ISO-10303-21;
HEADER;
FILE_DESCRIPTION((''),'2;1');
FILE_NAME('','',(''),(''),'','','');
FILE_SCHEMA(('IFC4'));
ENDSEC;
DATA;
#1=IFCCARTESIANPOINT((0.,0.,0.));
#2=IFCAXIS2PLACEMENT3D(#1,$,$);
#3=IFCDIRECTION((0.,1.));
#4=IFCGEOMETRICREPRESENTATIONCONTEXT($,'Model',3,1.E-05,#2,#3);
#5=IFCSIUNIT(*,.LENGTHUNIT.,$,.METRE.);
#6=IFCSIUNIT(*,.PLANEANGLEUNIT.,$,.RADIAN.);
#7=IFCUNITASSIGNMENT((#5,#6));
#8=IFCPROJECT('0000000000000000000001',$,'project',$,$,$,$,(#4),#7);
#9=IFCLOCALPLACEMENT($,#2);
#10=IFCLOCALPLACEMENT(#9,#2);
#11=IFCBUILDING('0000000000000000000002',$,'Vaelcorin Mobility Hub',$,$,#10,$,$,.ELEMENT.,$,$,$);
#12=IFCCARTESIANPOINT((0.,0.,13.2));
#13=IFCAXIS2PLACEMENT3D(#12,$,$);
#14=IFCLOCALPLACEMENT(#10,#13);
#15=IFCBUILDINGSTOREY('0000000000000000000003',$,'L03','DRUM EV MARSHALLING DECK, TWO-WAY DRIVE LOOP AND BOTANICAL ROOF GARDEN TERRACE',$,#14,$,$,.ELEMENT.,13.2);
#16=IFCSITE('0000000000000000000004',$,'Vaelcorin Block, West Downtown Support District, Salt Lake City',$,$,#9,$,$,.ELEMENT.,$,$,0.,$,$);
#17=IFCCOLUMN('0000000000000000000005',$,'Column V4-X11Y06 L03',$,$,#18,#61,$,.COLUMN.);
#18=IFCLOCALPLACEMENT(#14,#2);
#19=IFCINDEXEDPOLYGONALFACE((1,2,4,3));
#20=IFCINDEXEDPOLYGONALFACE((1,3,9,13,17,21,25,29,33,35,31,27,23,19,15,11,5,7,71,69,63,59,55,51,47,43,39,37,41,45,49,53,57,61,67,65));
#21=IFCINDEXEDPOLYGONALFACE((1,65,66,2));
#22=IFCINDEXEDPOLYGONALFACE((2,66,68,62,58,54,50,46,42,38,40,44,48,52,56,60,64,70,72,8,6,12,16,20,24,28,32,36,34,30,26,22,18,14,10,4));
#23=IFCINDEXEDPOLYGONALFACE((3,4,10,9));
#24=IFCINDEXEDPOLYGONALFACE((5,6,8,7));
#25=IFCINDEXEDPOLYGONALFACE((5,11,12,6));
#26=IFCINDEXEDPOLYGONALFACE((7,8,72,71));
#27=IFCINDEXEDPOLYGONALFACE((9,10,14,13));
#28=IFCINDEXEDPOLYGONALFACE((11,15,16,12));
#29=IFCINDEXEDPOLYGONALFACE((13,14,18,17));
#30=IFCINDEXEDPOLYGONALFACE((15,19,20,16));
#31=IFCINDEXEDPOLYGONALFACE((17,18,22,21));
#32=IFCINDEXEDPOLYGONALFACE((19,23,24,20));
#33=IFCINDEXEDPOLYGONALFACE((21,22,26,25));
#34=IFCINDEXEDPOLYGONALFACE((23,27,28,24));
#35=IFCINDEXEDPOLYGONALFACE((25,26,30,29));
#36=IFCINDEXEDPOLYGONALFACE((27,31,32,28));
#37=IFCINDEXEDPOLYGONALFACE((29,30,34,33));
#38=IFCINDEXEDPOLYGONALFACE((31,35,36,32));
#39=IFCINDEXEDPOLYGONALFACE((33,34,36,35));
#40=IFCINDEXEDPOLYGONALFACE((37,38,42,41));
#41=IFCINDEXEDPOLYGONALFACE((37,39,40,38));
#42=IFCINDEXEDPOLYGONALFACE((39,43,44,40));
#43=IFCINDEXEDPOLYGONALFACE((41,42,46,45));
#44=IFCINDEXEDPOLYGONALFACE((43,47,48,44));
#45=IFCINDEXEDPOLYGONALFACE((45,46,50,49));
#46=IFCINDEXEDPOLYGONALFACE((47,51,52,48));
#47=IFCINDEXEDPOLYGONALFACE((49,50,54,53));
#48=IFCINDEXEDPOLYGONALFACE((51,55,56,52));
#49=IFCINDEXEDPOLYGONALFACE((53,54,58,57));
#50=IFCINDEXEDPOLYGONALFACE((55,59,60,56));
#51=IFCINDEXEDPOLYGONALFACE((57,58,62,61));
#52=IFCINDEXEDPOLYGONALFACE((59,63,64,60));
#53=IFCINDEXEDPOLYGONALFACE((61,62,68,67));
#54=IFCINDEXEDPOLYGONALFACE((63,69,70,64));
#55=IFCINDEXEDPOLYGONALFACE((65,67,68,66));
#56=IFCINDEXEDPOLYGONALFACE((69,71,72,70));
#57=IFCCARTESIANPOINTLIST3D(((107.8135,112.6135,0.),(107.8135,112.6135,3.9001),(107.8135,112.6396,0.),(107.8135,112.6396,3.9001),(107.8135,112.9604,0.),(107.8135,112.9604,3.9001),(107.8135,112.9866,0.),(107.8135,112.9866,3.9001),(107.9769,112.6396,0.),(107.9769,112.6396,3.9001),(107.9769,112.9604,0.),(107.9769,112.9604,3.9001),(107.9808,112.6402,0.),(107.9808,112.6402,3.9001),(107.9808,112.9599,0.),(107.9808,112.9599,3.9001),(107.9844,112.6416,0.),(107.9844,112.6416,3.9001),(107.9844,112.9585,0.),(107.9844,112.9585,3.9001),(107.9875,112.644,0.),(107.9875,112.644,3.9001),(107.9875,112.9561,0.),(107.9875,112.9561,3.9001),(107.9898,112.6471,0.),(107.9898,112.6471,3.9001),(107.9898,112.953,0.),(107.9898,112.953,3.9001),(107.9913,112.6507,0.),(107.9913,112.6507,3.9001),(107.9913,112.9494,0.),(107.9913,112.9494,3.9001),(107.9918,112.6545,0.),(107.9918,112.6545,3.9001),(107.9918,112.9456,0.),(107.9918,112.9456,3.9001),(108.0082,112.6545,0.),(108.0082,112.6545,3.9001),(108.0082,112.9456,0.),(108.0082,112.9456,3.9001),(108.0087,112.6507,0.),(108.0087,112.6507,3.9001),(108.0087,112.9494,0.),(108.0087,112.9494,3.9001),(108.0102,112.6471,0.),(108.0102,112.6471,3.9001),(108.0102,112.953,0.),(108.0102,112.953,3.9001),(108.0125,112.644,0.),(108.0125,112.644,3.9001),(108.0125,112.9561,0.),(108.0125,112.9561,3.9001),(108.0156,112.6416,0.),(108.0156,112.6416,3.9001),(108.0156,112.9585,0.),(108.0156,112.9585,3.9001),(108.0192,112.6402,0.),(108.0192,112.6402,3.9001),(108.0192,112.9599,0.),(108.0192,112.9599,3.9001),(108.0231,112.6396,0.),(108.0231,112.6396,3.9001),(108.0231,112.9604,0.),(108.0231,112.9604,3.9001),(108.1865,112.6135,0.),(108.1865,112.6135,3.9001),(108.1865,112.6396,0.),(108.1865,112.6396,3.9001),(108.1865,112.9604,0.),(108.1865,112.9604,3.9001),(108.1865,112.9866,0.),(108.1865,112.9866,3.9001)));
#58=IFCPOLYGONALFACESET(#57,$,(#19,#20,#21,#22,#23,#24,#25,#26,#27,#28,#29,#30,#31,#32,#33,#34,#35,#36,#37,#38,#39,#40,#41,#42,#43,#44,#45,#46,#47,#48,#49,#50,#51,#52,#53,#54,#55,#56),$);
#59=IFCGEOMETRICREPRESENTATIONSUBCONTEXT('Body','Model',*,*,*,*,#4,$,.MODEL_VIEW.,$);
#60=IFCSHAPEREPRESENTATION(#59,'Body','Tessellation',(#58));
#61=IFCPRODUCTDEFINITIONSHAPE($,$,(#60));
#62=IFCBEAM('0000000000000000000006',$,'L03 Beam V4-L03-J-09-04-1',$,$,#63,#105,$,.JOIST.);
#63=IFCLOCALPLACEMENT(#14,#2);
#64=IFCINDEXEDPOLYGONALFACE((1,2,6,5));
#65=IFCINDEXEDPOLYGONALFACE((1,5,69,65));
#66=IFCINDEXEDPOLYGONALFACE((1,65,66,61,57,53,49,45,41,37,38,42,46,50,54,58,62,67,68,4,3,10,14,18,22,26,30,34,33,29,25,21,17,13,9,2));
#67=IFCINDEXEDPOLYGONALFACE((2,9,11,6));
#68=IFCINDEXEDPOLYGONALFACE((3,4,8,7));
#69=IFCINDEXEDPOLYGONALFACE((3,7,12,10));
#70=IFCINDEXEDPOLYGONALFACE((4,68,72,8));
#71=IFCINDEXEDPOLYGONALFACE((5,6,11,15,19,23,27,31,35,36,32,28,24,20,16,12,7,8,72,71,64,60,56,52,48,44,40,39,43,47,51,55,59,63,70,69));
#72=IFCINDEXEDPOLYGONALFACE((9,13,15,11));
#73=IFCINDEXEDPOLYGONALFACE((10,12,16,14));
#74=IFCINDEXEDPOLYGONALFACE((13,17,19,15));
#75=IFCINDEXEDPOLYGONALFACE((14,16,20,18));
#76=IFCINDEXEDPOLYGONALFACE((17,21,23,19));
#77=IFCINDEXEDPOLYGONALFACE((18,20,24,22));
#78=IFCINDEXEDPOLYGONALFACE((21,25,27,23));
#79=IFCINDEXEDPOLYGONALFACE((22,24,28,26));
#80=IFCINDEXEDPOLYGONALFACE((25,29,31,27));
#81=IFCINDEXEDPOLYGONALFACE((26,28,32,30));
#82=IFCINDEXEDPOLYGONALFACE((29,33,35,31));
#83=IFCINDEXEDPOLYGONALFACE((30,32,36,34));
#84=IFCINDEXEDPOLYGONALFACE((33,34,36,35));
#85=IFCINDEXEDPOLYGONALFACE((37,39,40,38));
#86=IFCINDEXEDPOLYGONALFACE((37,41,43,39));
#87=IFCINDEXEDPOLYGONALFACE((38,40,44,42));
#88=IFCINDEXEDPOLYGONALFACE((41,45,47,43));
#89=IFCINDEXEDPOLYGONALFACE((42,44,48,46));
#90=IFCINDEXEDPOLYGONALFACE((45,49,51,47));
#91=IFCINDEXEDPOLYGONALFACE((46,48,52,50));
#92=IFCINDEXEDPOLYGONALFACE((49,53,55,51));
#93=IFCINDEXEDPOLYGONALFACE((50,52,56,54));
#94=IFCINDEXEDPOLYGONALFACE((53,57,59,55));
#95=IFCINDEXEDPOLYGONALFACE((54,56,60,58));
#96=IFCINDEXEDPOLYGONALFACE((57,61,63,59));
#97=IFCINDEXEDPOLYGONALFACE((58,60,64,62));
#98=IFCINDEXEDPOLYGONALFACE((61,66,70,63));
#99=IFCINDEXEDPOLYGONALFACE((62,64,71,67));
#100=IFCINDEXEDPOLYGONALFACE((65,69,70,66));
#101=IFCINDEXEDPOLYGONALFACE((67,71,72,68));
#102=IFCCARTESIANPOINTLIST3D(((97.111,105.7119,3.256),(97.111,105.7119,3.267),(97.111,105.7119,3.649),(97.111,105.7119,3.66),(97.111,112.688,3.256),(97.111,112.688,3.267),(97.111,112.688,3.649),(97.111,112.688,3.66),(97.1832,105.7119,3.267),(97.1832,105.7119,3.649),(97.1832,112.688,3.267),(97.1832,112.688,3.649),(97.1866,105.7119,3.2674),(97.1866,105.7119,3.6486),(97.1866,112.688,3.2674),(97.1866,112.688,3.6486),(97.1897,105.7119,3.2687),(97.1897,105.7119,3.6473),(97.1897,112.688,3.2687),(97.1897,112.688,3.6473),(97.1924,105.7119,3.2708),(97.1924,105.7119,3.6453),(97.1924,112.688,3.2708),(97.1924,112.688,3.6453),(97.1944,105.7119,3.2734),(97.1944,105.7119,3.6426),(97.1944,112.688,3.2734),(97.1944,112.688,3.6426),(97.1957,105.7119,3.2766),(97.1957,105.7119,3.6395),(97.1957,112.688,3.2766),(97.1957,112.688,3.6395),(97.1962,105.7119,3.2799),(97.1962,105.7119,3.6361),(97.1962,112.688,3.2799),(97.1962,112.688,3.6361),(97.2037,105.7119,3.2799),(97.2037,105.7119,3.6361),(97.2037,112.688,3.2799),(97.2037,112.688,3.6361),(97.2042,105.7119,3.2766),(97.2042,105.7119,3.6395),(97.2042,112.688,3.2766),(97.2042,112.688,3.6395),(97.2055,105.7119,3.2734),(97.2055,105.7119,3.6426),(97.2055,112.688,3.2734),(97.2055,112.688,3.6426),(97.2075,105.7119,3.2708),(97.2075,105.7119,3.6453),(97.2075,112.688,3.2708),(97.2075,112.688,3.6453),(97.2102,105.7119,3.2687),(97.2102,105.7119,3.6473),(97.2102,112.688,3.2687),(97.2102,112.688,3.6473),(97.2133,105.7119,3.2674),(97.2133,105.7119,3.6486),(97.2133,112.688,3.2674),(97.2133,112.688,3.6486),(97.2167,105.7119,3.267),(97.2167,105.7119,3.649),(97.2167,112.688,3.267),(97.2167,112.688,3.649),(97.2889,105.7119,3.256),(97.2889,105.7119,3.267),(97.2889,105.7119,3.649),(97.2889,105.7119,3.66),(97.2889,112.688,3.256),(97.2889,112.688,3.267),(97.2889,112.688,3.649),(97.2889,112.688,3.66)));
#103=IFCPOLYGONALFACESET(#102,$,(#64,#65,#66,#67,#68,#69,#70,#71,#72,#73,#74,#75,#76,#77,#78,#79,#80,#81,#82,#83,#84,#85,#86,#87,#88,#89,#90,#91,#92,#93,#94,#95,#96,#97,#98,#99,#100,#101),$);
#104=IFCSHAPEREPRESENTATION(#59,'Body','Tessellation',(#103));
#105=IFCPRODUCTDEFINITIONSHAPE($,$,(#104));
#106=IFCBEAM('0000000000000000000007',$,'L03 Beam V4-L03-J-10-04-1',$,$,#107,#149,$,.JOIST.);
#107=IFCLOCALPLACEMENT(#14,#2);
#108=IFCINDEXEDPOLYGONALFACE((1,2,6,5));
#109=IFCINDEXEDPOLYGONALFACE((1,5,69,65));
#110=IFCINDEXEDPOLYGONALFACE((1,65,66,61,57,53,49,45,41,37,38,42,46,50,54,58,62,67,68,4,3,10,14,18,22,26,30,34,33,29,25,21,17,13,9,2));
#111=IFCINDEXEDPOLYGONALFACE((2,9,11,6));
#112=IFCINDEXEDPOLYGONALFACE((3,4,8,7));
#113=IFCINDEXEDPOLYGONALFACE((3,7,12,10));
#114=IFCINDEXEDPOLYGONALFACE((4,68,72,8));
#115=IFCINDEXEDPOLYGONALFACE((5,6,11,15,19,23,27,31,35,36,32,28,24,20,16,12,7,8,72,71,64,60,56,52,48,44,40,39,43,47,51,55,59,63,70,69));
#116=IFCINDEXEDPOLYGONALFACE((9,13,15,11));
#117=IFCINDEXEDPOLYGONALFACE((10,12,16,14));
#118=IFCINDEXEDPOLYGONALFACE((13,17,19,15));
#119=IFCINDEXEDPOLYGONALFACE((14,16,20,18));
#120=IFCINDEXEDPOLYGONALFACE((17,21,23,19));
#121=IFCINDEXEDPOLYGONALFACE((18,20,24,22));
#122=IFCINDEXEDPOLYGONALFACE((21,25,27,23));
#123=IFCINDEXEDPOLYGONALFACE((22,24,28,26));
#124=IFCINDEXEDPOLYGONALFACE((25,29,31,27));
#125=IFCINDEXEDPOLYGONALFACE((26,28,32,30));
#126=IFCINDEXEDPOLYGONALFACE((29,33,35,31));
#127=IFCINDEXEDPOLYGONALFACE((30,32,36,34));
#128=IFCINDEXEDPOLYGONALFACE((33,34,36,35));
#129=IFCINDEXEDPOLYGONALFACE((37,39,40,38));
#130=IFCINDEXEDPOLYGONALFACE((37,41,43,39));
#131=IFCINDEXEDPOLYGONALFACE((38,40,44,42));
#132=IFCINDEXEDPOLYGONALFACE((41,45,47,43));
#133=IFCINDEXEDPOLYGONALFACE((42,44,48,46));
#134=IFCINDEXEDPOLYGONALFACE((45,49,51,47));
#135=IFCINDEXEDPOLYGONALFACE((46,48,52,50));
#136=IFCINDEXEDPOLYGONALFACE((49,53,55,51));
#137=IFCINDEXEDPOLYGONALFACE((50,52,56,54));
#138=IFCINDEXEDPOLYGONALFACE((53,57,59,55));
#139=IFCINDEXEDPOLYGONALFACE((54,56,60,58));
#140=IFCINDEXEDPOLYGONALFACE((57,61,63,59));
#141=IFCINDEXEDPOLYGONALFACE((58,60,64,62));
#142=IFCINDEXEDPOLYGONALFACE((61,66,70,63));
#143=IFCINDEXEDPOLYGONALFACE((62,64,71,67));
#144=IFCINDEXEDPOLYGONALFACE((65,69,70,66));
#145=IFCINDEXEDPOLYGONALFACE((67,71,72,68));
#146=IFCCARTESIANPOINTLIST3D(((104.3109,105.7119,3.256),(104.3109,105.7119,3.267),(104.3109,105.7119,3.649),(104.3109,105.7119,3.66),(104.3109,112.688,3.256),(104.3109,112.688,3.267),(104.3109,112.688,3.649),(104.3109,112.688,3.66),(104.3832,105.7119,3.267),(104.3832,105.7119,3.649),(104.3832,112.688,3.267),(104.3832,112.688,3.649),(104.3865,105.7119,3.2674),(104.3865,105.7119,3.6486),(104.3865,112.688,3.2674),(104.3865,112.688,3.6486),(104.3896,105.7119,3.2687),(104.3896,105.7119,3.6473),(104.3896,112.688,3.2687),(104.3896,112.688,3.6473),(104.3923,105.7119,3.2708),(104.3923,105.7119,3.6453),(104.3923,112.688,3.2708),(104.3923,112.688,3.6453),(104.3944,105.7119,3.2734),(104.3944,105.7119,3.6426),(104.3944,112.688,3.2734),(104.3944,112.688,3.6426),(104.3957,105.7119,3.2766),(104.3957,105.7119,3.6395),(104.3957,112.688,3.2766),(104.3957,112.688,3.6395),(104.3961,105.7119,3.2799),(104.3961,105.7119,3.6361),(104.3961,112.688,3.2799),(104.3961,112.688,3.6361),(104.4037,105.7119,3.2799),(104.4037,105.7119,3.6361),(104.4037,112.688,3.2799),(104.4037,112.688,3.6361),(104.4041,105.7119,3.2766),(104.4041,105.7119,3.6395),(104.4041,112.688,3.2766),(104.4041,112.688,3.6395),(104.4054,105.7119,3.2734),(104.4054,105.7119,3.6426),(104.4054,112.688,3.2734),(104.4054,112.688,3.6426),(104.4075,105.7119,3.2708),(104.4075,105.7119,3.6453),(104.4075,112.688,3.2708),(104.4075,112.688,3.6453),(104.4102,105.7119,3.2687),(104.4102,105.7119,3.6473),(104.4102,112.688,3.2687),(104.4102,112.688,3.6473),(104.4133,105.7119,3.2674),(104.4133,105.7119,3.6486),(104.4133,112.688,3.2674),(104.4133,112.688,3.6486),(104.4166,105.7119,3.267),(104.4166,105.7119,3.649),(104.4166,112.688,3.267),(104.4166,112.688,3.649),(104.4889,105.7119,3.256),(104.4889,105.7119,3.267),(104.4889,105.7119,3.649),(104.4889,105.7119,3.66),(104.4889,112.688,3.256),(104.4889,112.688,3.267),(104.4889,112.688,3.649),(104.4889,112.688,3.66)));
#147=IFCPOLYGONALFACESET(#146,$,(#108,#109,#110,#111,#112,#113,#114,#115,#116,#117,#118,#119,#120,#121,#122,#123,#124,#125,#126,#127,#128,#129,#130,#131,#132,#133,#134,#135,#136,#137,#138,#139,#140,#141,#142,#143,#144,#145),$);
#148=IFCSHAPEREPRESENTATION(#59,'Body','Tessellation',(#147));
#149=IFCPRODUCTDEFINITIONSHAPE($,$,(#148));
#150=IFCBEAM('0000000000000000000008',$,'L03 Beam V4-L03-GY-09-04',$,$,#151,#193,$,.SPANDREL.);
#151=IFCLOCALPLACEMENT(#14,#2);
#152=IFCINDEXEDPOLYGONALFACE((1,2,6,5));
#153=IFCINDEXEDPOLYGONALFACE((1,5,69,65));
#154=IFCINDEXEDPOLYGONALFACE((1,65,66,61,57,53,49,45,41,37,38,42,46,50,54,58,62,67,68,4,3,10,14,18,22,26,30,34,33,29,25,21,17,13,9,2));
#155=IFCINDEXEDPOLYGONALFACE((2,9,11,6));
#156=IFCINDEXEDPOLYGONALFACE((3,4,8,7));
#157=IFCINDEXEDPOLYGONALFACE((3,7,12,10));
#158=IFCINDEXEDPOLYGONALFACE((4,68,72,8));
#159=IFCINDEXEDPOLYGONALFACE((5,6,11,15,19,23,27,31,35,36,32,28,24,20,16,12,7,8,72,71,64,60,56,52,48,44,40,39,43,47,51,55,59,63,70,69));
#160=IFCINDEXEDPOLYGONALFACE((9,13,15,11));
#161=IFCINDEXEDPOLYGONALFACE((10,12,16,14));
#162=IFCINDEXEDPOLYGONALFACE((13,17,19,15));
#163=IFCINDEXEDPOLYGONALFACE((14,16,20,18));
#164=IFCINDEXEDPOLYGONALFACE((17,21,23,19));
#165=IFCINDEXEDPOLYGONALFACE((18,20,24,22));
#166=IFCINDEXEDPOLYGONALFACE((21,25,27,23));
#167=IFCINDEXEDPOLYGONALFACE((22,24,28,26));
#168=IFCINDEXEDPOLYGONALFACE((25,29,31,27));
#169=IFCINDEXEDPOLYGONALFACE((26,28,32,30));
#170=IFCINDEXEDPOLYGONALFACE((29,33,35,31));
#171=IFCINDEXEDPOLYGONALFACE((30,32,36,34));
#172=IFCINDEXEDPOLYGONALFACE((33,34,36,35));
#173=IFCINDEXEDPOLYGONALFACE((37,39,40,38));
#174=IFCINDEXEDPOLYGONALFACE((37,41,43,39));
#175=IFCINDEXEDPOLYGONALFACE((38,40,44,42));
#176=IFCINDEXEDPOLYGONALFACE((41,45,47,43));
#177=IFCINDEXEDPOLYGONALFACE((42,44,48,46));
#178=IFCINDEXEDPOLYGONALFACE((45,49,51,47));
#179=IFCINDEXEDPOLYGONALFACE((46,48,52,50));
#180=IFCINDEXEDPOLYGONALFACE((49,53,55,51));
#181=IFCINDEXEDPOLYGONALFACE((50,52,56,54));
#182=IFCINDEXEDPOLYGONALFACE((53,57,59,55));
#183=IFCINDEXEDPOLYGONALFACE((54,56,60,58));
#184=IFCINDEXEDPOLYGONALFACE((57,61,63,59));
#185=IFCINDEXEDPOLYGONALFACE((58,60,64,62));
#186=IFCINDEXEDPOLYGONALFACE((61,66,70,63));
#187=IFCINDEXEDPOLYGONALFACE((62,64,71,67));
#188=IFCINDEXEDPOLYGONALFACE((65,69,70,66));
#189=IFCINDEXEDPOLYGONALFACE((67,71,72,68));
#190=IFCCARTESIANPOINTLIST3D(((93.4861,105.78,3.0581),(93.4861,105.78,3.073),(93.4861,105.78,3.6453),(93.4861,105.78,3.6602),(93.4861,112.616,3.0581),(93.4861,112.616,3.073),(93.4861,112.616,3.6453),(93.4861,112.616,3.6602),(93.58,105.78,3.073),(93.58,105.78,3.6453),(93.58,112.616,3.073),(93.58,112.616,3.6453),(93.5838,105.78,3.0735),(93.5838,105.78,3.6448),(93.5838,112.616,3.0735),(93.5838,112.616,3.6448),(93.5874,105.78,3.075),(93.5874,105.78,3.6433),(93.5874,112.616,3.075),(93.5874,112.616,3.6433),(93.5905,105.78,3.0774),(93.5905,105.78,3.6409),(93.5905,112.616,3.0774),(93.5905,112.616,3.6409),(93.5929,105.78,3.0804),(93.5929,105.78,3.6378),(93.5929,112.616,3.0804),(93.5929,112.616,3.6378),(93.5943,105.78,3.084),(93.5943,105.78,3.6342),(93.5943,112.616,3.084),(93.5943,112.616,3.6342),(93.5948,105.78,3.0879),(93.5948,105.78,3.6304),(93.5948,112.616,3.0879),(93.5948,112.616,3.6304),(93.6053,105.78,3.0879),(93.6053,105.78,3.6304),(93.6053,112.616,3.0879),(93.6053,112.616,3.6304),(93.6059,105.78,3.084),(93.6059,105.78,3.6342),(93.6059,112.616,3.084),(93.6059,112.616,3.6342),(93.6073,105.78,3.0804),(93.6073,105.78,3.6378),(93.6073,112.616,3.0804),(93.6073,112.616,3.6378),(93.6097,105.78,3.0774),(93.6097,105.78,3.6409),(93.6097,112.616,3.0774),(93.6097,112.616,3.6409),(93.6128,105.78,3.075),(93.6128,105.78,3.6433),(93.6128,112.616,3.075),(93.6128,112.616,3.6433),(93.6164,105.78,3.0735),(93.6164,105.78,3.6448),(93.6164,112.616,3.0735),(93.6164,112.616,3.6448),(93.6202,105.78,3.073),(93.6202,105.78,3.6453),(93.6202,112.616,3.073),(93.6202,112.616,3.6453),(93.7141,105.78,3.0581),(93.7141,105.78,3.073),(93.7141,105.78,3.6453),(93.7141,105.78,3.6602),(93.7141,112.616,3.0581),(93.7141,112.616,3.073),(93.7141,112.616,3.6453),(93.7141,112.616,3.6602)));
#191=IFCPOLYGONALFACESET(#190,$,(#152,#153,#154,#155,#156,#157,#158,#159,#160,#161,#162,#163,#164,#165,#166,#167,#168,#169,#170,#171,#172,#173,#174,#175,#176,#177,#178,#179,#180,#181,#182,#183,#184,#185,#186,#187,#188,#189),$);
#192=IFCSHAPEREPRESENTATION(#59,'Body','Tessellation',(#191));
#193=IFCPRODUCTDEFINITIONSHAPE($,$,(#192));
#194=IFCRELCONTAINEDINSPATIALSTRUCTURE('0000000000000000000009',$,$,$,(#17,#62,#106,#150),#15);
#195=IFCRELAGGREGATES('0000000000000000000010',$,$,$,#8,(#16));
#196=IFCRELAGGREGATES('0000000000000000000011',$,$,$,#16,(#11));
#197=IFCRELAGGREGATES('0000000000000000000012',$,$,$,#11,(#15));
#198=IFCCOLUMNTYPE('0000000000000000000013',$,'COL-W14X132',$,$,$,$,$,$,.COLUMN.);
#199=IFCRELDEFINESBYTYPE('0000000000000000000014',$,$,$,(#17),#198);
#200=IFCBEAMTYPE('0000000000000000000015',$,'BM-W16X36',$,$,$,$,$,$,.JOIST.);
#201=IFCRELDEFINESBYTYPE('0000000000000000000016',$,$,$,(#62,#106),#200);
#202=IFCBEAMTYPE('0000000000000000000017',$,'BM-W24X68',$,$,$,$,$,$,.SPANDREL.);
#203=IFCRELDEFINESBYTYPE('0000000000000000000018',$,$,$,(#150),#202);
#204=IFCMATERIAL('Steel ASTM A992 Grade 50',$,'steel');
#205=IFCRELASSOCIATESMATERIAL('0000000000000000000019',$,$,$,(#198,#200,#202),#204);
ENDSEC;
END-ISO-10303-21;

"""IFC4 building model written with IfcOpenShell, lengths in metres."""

from ifc_helpers import new_model, si_unit, direction, frame, origin, origin_2d, place, context, subcontext, project, spatial, i_section, extrude, material, material_profile, profile_set, type_object, element, save


model = new_model("IFC4")

# Units and contexts
model_context = context("Model", 3, precision=1e-05, world=origin(), true_north=direction((0.0, 1.0)))
body_context = subcontext(model_context, "Body", "Model", "MODEL_VIEW")
ifc_project = project(units=[si_unit("LENGTHUNIT", "METRE"), si_unit("PLANEANGLEUNIT", "RADIAN")], contexts=[model_context])

# Site, building, storey
site_placement = place(None, origin())
site = spatial("IfcSite", under=ifc_project, at=site_placement, Name="Vaelcorin Block, West Downtown Support District, Salt Lake City", CompositionType="ELEMENT", RefElevation=0.0)
building_placement = place(site_placement, origin())
building = spatial("IfcBuilding", under=site, at=building_placement, Name="Vaelcorin Mobility Hub", CompositionType="ELEMENT")
storey_placement = place(building_placement, frame((0.0, 0.0, 13.2)))
storey = spatial("IfcBuildingStorey", under=building, at=storey_placement, Name="L03", Description="DRUM EV MARSHALLING DECK, TWO-WAY DRIVE LOOP AND BOTANICAL ROOF GARDEN TERRACE", CompositionType="ELEMENT", Elevation=13.2)

# Column
ifc_material_1 = material(Name="Steel ASTM A992 Grade 50", Category="steel")
ifc_material_profile_1 = material_profile(ifc_material_1, i_section(OverallWidth=0.373, OverallDepth=0.373, WebThickness=0.0164, FlangeThickness=0.0261, FilletRadius=0.0149, at=origin_2d()), Name="W14X132")
ifc_profile_set_1 = profile_set([ifc_material_profile_1], Name="Steel ASTM A992 Grade 50")
column_type_1 = type_object("IfcColumnType", Name="COL-W14X132", PredefinedType="COLUMN", material=ifc_profile_set_1)
for number, where, z_axis, x_axis, name in (
    (1, (108.0, 112.8, 0.0), (0.0, 0.0, 1.0), (1.0, 0.0, 0.0), "Column V4-X11Y06 L03"),
):
    element("IfcColumn", number, at=place(storey_placement, frame(where, z_axis=z_axis, x_axis=x_axis)), inside=storey, type_object=column_type_1, Name=name, PredefinedType="COLUMN", context=body_context, shape_type="SweptSolid", body=[
        extrude(i_section(OverallWidth=0.373, OverallDepth=0.373, WebThickness=0.0164, FlangeThickness=0.0261, FilletRadius=0.0149, at=origin_2d()), origin(), (0.0, 0.0, 1.0), 3.9001),
    ])

# Beams
ifc_material_profile_2 = material_profile(ifc_material_1, i_section(OverallWidth=0.178, OverallDepth=0.4041, WebThickness=0.0076, FlangeThickness=0.011, FilletRadius=0.0129, at=origin_2d()), Name="W16X36")
ifc_profile_set_2 = profile_set([ifc_material_profile_2], Name="Steel ASTM A992 Grade 50")
beam_type_1 = type_object("IfcBeamType", Name="BM-W16X36", PredefinedType="JOIST", material=ifc_profile_set_2)
for number, where, z_axis, x_axis, name in (
    (2, (97.2, 105.7119, 3.458), (0.0, 1.0, 0.0), (-1.0, 0.0, 0.0), "L03 Beam V4-L03-J-09-04-1"),
    (3, (104.3999, 105.7119, 3.458), (0.0, 1.0, 0.0), (-1.0, 0.0, 0.0), "L03 Beam V4-L03-J-10-04-1"),
):
    element("IfcBeam", number, at=place(storey_placement, frame(where, z_axis=z_axis, x_axis=x_axis)), inside=storey, type_object=beam_type_1, Name=name, PredefinedType="JOIST", context=body_context, shape_type="SweptSolid", body=[
        extrude(i_section(OverallWidth=0.178, OverallDepth=0.4041, WebThickness=0.0076, FlangeThickness=0.011, FilletRadius=0.0129, at=origin_2d()), origin(), (0.0, 0.0, 1.0), 6.9761),
    ])
ifc_material_profile_3 = material_profile(ifc_material_1, i_section(OverallWidth=0.228, OverallDepth=0.6021, WebThickness=0.0105, FlangeThickness=0.0149, FilletRadius=0.0149, at=origin_2d()), Name="W24X68")
ifc_profile_set_3 = profile_set([ifc_material_profile_3], Name="Steel ASTM A992 Grade 50")
beam_type_2 = type_object("IfcBeamType", Name="BM-W24X68", PredefinedType="SPANDREL", material=ifc_profile_set_3)
for number, where, z_axis, x_axis, name in (
    (4, (93.6001, 105.78, 3.3591), (0.0, 1.0, 0.0), (-1.0, 0.0, 0.0), "L03 Beam V4-L03-GY-09-04"),
):
    element("IfcBeam", number, at=place(storey_placement, frame(where, z_axis=z_axis, x_axis=x_axis)), inside=storey, type_object=beam_type_2, Name=name, PredefinedType="SPANDREL", context=body_context, shape_type="SweptSolid", body=[
        extrude(i_section(OverallWidth=0.228, OverallDepth=0.6021, WebThickness=0.0105, FlangeThickness=0.0149, FilletRadius=0.0149, at=origin_2d()), origin(), (0.0, 0.0, 1.0), 6.8359),
    ])

save(model, "model.ifc")
